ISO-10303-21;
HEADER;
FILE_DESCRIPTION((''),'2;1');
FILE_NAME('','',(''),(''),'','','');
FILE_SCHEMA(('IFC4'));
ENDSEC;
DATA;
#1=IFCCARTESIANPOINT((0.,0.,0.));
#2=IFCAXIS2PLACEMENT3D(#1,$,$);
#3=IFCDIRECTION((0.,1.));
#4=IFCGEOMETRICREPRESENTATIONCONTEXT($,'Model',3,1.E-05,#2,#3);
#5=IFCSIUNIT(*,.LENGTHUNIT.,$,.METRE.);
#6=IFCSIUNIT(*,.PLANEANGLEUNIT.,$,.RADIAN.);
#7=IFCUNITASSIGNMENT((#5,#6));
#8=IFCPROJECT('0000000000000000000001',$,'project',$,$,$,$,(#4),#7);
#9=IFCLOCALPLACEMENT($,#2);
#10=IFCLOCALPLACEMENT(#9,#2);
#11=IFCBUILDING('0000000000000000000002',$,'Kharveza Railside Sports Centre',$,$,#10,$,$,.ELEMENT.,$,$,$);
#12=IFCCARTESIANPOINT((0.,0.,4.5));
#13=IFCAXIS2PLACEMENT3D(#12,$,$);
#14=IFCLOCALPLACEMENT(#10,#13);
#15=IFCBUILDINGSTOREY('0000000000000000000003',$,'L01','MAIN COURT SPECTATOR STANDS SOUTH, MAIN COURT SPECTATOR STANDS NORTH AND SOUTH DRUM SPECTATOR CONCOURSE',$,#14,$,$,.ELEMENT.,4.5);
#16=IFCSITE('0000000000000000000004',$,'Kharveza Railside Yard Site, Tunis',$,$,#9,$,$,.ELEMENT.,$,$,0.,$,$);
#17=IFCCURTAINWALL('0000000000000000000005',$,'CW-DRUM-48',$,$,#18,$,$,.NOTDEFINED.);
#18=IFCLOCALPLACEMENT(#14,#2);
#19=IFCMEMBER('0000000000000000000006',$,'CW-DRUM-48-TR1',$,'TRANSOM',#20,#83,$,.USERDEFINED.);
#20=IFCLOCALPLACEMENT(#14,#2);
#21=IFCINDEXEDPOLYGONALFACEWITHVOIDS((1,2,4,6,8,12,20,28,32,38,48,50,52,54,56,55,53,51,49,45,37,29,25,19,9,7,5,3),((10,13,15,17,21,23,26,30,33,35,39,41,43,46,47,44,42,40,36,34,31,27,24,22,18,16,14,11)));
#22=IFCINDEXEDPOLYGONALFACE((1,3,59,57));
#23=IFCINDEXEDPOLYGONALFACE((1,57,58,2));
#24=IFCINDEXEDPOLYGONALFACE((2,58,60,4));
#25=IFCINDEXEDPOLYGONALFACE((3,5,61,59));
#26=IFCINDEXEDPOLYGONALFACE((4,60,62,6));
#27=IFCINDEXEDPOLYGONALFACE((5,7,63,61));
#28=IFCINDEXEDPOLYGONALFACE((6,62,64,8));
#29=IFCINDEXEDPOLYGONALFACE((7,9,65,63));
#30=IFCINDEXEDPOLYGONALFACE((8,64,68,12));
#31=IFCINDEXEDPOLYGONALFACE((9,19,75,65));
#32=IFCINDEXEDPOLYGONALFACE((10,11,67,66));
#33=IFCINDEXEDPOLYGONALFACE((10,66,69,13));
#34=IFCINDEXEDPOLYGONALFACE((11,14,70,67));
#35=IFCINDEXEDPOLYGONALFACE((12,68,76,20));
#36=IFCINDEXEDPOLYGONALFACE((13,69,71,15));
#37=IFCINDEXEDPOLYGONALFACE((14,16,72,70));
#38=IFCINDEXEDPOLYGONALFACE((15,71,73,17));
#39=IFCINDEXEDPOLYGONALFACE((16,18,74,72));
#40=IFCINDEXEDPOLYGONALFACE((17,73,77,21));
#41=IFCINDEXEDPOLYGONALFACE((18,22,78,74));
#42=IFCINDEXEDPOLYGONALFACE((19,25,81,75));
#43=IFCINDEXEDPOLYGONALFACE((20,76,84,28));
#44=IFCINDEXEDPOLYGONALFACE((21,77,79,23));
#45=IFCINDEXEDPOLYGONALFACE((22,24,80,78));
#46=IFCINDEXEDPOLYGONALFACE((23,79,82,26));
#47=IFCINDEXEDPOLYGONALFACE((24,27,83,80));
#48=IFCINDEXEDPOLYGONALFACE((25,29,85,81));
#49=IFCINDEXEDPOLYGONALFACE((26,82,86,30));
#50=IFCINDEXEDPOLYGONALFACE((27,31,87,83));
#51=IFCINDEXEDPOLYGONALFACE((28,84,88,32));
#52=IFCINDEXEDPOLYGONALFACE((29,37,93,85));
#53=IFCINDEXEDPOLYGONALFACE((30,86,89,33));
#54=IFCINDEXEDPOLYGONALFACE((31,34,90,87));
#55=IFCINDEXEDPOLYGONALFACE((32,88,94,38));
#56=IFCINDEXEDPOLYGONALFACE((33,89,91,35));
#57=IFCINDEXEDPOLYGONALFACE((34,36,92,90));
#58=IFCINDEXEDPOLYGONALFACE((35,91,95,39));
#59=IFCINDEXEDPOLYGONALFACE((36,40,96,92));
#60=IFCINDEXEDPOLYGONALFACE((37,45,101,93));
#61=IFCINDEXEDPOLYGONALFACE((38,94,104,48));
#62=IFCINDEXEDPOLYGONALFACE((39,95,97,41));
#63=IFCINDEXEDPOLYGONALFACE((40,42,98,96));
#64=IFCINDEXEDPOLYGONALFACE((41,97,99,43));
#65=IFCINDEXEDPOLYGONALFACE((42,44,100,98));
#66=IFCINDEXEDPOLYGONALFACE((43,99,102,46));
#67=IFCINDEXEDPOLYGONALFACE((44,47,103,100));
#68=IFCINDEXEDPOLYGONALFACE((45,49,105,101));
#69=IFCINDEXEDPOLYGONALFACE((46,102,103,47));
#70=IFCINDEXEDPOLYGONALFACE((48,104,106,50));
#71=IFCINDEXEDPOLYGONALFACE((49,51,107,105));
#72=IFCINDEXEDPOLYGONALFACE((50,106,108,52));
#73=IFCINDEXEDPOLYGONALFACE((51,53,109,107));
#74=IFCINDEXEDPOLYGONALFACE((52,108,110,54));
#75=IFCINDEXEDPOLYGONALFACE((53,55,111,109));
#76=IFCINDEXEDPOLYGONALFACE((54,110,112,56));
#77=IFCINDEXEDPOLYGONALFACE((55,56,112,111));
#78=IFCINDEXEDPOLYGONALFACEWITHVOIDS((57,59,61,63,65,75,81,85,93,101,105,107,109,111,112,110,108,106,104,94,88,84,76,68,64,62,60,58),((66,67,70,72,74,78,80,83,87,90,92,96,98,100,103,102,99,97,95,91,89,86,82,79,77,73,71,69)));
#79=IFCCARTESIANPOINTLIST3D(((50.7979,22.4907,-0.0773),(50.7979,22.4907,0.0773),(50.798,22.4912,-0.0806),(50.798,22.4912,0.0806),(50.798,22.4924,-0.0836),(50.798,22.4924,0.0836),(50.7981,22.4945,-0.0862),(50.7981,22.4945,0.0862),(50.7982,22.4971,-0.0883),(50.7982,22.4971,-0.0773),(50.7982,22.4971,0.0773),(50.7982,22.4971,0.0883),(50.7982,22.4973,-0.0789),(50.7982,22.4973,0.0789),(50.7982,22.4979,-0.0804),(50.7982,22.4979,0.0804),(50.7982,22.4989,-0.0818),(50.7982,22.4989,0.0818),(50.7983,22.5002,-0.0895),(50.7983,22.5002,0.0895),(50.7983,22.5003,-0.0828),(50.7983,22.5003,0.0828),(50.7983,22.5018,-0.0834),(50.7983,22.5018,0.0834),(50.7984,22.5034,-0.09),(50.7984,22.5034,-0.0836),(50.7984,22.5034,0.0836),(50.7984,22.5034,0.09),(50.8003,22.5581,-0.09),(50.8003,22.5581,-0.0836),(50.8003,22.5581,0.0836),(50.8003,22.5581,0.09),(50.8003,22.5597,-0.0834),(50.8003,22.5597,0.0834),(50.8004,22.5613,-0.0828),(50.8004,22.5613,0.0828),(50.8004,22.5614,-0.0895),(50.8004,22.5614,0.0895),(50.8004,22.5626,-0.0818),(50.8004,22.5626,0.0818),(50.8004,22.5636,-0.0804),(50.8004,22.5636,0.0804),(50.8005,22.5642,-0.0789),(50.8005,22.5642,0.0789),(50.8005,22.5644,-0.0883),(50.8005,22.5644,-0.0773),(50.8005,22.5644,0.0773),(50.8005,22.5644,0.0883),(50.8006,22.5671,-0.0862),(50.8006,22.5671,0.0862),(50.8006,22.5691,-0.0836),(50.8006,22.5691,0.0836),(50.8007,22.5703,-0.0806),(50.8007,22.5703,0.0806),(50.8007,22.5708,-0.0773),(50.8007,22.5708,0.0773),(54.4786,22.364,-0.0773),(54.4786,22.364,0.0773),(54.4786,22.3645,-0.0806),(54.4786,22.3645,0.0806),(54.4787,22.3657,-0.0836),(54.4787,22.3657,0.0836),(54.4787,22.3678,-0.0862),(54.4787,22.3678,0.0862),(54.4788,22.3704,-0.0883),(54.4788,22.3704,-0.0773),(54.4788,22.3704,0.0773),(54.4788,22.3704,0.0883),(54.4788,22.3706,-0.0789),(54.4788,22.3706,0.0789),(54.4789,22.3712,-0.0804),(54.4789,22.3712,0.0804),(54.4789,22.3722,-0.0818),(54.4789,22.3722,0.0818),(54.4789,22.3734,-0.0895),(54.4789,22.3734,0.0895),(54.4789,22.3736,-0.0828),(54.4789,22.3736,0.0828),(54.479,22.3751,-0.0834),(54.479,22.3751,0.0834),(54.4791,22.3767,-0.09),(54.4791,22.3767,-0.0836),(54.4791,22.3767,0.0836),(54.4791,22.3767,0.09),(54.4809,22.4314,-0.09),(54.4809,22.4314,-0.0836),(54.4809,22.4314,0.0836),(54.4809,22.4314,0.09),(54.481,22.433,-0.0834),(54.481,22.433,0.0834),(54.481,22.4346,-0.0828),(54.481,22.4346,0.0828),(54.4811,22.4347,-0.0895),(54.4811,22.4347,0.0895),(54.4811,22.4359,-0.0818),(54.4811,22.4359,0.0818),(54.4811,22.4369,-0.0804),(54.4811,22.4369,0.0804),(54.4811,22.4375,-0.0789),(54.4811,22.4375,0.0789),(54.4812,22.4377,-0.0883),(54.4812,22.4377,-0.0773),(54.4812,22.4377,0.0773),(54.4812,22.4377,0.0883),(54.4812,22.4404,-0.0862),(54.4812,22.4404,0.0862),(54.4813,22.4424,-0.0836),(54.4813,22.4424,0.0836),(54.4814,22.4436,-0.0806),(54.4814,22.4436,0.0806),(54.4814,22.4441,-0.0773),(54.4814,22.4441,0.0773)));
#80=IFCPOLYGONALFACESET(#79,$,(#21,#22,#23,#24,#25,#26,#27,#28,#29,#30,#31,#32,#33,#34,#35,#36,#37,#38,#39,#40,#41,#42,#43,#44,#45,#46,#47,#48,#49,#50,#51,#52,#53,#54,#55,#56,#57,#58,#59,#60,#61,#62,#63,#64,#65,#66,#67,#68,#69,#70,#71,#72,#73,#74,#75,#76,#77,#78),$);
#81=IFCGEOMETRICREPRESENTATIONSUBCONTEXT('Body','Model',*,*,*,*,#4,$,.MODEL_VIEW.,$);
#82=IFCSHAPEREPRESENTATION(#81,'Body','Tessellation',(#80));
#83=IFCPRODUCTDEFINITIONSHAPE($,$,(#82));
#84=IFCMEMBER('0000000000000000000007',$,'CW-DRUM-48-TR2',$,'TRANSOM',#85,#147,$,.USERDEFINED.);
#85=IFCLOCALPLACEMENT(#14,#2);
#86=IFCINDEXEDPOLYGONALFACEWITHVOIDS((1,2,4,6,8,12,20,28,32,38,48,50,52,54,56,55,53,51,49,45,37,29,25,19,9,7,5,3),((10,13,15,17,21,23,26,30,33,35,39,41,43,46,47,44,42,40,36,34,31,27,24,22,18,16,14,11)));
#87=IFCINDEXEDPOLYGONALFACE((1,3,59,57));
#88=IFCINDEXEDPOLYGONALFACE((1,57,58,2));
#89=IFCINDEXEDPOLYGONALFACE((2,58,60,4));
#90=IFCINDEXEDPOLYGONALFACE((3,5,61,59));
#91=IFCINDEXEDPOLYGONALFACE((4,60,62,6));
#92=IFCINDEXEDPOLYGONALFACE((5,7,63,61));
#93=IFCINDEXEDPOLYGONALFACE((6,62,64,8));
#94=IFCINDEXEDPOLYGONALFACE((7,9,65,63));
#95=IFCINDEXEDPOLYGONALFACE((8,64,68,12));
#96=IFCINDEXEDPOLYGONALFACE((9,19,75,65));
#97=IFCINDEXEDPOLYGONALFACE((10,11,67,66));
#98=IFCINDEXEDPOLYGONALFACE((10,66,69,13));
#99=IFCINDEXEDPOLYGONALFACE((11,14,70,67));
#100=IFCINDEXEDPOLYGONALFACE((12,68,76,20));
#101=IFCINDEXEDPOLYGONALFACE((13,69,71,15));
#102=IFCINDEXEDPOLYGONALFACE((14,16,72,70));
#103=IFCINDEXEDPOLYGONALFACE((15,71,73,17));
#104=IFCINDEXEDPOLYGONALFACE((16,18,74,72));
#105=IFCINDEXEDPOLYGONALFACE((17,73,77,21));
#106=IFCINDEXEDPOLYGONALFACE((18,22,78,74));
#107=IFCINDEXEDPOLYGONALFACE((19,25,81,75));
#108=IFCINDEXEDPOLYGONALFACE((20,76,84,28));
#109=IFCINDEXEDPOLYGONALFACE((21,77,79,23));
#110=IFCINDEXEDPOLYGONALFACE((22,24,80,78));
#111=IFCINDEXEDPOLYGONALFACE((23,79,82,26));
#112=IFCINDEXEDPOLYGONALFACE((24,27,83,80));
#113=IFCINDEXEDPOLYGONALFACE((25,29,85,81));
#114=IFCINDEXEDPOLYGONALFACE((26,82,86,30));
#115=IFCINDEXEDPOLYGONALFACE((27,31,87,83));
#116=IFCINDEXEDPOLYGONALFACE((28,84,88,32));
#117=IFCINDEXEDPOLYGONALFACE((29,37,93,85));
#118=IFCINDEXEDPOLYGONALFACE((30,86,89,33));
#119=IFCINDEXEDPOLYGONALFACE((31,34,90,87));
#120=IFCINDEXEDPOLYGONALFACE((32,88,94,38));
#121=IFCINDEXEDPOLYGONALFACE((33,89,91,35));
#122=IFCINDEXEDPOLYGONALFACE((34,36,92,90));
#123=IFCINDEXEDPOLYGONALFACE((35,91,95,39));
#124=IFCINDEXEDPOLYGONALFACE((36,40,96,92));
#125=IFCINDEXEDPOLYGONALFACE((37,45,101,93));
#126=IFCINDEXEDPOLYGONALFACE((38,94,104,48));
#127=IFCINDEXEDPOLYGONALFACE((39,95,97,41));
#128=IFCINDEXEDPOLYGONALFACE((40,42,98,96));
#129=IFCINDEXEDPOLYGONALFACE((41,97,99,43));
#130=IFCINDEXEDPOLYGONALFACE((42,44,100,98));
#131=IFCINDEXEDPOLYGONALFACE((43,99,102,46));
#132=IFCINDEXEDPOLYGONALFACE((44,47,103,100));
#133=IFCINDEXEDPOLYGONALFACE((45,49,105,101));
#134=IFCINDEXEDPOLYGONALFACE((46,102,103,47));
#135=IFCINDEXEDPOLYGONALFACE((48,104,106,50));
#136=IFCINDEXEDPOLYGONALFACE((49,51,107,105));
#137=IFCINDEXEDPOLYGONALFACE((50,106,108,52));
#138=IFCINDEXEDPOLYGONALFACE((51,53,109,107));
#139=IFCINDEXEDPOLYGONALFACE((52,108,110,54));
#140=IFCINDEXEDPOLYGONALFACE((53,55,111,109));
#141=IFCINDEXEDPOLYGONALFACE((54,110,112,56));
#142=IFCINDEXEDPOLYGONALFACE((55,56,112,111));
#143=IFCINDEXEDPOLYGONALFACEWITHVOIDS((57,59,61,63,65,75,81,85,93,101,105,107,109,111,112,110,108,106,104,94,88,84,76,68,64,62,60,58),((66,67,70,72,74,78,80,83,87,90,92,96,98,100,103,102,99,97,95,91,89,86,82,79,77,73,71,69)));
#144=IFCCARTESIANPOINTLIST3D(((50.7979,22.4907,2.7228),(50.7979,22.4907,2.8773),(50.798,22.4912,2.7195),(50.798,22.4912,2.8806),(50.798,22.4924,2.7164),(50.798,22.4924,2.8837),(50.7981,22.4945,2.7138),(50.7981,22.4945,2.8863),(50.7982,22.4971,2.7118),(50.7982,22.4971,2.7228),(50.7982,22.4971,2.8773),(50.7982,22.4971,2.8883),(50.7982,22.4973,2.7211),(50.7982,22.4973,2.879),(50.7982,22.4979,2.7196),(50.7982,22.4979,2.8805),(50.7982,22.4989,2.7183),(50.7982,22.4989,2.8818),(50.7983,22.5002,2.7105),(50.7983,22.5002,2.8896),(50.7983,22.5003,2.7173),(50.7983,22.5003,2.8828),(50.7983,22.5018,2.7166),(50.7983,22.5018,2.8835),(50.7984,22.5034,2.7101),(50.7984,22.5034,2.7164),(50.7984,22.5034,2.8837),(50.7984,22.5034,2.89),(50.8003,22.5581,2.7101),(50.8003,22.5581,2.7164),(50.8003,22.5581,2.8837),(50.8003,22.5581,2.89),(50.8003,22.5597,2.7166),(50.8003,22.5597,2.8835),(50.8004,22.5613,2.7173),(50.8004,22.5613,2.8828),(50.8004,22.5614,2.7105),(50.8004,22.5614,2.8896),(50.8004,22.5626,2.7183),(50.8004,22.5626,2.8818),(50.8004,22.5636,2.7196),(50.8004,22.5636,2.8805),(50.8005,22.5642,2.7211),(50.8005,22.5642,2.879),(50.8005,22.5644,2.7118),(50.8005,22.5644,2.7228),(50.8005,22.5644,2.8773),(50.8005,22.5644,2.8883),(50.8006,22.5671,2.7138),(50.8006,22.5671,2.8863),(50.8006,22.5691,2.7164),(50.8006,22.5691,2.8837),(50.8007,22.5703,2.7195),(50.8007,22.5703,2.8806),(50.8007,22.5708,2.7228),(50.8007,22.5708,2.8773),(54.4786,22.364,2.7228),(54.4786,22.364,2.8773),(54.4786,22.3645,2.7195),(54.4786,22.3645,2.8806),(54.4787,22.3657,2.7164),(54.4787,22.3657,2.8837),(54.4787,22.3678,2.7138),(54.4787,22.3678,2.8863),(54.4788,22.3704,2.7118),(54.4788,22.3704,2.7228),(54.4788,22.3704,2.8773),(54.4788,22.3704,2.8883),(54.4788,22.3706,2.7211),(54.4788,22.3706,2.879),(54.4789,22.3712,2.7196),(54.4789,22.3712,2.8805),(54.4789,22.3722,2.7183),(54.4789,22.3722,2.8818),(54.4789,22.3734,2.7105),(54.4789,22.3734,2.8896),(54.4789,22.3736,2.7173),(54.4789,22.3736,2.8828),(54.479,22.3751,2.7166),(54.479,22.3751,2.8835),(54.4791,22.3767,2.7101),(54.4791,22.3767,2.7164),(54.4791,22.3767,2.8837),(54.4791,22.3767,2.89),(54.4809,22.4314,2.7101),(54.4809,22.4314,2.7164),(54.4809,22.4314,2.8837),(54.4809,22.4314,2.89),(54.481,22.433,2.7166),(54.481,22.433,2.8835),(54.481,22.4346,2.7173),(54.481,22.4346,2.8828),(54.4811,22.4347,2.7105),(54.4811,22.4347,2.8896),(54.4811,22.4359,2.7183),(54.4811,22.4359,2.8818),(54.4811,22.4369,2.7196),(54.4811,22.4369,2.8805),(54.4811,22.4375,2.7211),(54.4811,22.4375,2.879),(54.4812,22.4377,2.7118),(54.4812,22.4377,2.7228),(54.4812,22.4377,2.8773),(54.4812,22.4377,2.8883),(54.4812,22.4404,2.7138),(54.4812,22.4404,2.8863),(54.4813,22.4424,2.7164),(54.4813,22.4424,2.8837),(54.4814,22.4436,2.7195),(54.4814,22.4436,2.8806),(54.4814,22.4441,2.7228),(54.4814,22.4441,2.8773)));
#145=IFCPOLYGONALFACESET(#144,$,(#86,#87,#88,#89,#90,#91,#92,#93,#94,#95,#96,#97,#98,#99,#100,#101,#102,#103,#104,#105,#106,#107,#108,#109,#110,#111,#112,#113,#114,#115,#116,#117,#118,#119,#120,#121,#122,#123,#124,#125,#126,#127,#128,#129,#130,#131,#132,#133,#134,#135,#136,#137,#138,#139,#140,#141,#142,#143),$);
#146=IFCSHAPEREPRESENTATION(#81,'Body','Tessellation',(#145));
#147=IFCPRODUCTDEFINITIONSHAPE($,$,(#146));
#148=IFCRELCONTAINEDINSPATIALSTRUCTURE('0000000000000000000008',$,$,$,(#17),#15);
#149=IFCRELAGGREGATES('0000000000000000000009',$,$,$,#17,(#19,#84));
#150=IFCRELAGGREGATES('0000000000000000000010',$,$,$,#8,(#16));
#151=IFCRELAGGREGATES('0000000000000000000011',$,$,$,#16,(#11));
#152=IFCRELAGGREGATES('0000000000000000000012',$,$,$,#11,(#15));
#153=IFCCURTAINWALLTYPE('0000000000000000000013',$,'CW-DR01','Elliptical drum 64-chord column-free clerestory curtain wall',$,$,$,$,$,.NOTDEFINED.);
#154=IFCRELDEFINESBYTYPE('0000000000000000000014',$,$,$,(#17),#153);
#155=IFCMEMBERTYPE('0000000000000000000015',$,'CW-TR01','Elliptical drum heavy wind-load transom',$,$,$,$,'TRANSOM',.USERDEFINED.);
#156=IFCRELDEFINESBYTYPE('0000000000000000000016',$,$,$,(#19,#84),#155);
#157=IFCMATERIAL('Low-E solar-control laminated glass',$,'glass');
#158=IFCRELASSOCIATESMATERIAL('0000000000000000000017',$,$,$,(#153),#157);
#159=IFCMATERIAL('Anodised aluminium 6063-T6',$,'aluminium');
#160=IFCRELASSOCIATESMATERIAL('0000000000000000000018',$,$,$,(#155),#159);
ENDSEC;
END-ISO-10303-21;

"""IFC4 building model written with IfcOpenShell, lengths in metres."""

from ifc_helpers import new_model, si_unit, direction, frame, origin, origin_2d, place, context, subcontext, project, spatial, hollow_rectangle, extrude, material, material_profile, profile_set, type_object, element, aggregate, save


model = new_model("IFC4")

# Units and contexts
model_context = context("Model", 3, precision=1e-05, world=origin(), true_north=direction((0.0, 1.0)))
body_context = subcontext(model_context, "Body", "Model", "MODEL_VIEW")
ifc_project = project(units=[si_unit("LENGTHUNIT", "METRE"), si_unit("PLANEANGLEUNIT", "RADIAN")], contexts=[model_context])

# Site, building, storey
site_placement = place(None, origin())
site = spatial("IfcSite", under=ifc_project, at=site_placement, Name="Kharveza Railside Yard Site, Tunis", CompositionType="ELEMENT", RefElevation=0.0)
building_placement = place(site_placement, origin())
building = spatial("IfcBuilding", under=site, at=building_placement, Name="Kharveza Railside Sports Centre", CompositionType="ELEMENT")
storey_placement = place(building_placement, frame((0.0, 0.0, 4.5)))
storey = spatial("IfcBuildingStorey", under=building, at=storey_placement, Name="L01", Description="MAIN COURT SPECTATOR STANDS SOUTH, MAIN COURT SPECTATOR STANDS NORTH AND SOUTH DRUM SPECTATOR CONCOURSE", CompositionType="ELEMENT", Elevation=4.5)

# Shared definitions
ifc_material_1 = material(Name="Low-E solar-control laminated glass", Category="glass")
curtain_wall_type = type_object("IfcCurtainWallType", Name="CW-DR01", Description="Elliptical drum 64-chord column-free clerestory curtain wall", PredefinedType="NOTDEFINED", material=ifc_material_1)
ifc_material_2 = material(Name="Anodised aluminium 6063-T6", Category="aluminium")

# Curtain wall
curtain_wall_1_placement = place(storey_placement, origin())
curtain_wall_1 = element("IfcCurtainWall", 1, at=curtain_wall_1_placement, inside=storey, type_object=curtain_wall_type, Name="CW-DRUM-48", PredefinedType="NOTDEFINED")

# Members
ifc_material_profile_1 = material_profile(ifc_material_2, hollow_rectangle(XDim=0.0801, YDim=0.1799, WallThickness=0.0063, InnerFilletRadius=0.0063, OuterFilletRadius=0.0127, at=origin_2d()), Name="RHS 80x180x6.3")
ifc_profile_set_1 = profile_set([ifc_material_profile_1], Name="Anodised aluminium 6063-T6")
member_type_1 = type_object("IfcMemberType", Name="CW-TR01", Description="Elliptical drum heavy wind-load transom", ElementType="TRANSOM", PredefinedType="USERDEFINED", material=ifc_profile_set_1)
member_1_placement = place(storey_placement, frame((50.7993, 22.5308, 0.0), z_axis=(0.999408, -0.034405, 0.0), x_axis=(0.034405, 0.999408, 0.0)))
member_1 = element("IfcMember", 2, at=member_1_placement, type_object=member_type_1, Name="CW-DRUM-48-TR1", ObjectType="TRANSOM", PredefinedType="USERDEFINED", context=body_context, shape_type="SweptSolid", body=[
    extrude(hollow_rectangle(XDim=0.0801, YDim=0.1799, WallThickness=0.0063, InnerFilletRadius=0.0063, OuterFilletRadius=0.0127, at=origin_2d()), origin(), (0.0, 0.0, 1.0), 3.6829),
])
member_2_placement = place(storey_placement, frame((50.7993, 22.5308, 2.8), z_axis=(0.999408, -0.034405, 0.0), x_axis=(0.034405, 0.999408, 0.0)))
member_2 = element("IfcMember", 3, at=member_2_placement, type_object=member_type_1, Name="CW-DRUM-48-TR2", ObjectType="TRANSOM", PredefinedType="USERDEFINED", context=body_context, shape_type="SweptSolid", body=[
    extrude(hollow_rectangle(XDim=0.0801, YDim=0.1799, WallThickness=0.0063, InnerFilletRadius=0.0063, OuterFilletRadius=0.0127, at=origin_2d()), origin(), (0.0, 0.0, 1.0), 3.6829),
])

aggregate(curtain_wall_1, [member_1, member_2])

save(model, "model.ifc")
